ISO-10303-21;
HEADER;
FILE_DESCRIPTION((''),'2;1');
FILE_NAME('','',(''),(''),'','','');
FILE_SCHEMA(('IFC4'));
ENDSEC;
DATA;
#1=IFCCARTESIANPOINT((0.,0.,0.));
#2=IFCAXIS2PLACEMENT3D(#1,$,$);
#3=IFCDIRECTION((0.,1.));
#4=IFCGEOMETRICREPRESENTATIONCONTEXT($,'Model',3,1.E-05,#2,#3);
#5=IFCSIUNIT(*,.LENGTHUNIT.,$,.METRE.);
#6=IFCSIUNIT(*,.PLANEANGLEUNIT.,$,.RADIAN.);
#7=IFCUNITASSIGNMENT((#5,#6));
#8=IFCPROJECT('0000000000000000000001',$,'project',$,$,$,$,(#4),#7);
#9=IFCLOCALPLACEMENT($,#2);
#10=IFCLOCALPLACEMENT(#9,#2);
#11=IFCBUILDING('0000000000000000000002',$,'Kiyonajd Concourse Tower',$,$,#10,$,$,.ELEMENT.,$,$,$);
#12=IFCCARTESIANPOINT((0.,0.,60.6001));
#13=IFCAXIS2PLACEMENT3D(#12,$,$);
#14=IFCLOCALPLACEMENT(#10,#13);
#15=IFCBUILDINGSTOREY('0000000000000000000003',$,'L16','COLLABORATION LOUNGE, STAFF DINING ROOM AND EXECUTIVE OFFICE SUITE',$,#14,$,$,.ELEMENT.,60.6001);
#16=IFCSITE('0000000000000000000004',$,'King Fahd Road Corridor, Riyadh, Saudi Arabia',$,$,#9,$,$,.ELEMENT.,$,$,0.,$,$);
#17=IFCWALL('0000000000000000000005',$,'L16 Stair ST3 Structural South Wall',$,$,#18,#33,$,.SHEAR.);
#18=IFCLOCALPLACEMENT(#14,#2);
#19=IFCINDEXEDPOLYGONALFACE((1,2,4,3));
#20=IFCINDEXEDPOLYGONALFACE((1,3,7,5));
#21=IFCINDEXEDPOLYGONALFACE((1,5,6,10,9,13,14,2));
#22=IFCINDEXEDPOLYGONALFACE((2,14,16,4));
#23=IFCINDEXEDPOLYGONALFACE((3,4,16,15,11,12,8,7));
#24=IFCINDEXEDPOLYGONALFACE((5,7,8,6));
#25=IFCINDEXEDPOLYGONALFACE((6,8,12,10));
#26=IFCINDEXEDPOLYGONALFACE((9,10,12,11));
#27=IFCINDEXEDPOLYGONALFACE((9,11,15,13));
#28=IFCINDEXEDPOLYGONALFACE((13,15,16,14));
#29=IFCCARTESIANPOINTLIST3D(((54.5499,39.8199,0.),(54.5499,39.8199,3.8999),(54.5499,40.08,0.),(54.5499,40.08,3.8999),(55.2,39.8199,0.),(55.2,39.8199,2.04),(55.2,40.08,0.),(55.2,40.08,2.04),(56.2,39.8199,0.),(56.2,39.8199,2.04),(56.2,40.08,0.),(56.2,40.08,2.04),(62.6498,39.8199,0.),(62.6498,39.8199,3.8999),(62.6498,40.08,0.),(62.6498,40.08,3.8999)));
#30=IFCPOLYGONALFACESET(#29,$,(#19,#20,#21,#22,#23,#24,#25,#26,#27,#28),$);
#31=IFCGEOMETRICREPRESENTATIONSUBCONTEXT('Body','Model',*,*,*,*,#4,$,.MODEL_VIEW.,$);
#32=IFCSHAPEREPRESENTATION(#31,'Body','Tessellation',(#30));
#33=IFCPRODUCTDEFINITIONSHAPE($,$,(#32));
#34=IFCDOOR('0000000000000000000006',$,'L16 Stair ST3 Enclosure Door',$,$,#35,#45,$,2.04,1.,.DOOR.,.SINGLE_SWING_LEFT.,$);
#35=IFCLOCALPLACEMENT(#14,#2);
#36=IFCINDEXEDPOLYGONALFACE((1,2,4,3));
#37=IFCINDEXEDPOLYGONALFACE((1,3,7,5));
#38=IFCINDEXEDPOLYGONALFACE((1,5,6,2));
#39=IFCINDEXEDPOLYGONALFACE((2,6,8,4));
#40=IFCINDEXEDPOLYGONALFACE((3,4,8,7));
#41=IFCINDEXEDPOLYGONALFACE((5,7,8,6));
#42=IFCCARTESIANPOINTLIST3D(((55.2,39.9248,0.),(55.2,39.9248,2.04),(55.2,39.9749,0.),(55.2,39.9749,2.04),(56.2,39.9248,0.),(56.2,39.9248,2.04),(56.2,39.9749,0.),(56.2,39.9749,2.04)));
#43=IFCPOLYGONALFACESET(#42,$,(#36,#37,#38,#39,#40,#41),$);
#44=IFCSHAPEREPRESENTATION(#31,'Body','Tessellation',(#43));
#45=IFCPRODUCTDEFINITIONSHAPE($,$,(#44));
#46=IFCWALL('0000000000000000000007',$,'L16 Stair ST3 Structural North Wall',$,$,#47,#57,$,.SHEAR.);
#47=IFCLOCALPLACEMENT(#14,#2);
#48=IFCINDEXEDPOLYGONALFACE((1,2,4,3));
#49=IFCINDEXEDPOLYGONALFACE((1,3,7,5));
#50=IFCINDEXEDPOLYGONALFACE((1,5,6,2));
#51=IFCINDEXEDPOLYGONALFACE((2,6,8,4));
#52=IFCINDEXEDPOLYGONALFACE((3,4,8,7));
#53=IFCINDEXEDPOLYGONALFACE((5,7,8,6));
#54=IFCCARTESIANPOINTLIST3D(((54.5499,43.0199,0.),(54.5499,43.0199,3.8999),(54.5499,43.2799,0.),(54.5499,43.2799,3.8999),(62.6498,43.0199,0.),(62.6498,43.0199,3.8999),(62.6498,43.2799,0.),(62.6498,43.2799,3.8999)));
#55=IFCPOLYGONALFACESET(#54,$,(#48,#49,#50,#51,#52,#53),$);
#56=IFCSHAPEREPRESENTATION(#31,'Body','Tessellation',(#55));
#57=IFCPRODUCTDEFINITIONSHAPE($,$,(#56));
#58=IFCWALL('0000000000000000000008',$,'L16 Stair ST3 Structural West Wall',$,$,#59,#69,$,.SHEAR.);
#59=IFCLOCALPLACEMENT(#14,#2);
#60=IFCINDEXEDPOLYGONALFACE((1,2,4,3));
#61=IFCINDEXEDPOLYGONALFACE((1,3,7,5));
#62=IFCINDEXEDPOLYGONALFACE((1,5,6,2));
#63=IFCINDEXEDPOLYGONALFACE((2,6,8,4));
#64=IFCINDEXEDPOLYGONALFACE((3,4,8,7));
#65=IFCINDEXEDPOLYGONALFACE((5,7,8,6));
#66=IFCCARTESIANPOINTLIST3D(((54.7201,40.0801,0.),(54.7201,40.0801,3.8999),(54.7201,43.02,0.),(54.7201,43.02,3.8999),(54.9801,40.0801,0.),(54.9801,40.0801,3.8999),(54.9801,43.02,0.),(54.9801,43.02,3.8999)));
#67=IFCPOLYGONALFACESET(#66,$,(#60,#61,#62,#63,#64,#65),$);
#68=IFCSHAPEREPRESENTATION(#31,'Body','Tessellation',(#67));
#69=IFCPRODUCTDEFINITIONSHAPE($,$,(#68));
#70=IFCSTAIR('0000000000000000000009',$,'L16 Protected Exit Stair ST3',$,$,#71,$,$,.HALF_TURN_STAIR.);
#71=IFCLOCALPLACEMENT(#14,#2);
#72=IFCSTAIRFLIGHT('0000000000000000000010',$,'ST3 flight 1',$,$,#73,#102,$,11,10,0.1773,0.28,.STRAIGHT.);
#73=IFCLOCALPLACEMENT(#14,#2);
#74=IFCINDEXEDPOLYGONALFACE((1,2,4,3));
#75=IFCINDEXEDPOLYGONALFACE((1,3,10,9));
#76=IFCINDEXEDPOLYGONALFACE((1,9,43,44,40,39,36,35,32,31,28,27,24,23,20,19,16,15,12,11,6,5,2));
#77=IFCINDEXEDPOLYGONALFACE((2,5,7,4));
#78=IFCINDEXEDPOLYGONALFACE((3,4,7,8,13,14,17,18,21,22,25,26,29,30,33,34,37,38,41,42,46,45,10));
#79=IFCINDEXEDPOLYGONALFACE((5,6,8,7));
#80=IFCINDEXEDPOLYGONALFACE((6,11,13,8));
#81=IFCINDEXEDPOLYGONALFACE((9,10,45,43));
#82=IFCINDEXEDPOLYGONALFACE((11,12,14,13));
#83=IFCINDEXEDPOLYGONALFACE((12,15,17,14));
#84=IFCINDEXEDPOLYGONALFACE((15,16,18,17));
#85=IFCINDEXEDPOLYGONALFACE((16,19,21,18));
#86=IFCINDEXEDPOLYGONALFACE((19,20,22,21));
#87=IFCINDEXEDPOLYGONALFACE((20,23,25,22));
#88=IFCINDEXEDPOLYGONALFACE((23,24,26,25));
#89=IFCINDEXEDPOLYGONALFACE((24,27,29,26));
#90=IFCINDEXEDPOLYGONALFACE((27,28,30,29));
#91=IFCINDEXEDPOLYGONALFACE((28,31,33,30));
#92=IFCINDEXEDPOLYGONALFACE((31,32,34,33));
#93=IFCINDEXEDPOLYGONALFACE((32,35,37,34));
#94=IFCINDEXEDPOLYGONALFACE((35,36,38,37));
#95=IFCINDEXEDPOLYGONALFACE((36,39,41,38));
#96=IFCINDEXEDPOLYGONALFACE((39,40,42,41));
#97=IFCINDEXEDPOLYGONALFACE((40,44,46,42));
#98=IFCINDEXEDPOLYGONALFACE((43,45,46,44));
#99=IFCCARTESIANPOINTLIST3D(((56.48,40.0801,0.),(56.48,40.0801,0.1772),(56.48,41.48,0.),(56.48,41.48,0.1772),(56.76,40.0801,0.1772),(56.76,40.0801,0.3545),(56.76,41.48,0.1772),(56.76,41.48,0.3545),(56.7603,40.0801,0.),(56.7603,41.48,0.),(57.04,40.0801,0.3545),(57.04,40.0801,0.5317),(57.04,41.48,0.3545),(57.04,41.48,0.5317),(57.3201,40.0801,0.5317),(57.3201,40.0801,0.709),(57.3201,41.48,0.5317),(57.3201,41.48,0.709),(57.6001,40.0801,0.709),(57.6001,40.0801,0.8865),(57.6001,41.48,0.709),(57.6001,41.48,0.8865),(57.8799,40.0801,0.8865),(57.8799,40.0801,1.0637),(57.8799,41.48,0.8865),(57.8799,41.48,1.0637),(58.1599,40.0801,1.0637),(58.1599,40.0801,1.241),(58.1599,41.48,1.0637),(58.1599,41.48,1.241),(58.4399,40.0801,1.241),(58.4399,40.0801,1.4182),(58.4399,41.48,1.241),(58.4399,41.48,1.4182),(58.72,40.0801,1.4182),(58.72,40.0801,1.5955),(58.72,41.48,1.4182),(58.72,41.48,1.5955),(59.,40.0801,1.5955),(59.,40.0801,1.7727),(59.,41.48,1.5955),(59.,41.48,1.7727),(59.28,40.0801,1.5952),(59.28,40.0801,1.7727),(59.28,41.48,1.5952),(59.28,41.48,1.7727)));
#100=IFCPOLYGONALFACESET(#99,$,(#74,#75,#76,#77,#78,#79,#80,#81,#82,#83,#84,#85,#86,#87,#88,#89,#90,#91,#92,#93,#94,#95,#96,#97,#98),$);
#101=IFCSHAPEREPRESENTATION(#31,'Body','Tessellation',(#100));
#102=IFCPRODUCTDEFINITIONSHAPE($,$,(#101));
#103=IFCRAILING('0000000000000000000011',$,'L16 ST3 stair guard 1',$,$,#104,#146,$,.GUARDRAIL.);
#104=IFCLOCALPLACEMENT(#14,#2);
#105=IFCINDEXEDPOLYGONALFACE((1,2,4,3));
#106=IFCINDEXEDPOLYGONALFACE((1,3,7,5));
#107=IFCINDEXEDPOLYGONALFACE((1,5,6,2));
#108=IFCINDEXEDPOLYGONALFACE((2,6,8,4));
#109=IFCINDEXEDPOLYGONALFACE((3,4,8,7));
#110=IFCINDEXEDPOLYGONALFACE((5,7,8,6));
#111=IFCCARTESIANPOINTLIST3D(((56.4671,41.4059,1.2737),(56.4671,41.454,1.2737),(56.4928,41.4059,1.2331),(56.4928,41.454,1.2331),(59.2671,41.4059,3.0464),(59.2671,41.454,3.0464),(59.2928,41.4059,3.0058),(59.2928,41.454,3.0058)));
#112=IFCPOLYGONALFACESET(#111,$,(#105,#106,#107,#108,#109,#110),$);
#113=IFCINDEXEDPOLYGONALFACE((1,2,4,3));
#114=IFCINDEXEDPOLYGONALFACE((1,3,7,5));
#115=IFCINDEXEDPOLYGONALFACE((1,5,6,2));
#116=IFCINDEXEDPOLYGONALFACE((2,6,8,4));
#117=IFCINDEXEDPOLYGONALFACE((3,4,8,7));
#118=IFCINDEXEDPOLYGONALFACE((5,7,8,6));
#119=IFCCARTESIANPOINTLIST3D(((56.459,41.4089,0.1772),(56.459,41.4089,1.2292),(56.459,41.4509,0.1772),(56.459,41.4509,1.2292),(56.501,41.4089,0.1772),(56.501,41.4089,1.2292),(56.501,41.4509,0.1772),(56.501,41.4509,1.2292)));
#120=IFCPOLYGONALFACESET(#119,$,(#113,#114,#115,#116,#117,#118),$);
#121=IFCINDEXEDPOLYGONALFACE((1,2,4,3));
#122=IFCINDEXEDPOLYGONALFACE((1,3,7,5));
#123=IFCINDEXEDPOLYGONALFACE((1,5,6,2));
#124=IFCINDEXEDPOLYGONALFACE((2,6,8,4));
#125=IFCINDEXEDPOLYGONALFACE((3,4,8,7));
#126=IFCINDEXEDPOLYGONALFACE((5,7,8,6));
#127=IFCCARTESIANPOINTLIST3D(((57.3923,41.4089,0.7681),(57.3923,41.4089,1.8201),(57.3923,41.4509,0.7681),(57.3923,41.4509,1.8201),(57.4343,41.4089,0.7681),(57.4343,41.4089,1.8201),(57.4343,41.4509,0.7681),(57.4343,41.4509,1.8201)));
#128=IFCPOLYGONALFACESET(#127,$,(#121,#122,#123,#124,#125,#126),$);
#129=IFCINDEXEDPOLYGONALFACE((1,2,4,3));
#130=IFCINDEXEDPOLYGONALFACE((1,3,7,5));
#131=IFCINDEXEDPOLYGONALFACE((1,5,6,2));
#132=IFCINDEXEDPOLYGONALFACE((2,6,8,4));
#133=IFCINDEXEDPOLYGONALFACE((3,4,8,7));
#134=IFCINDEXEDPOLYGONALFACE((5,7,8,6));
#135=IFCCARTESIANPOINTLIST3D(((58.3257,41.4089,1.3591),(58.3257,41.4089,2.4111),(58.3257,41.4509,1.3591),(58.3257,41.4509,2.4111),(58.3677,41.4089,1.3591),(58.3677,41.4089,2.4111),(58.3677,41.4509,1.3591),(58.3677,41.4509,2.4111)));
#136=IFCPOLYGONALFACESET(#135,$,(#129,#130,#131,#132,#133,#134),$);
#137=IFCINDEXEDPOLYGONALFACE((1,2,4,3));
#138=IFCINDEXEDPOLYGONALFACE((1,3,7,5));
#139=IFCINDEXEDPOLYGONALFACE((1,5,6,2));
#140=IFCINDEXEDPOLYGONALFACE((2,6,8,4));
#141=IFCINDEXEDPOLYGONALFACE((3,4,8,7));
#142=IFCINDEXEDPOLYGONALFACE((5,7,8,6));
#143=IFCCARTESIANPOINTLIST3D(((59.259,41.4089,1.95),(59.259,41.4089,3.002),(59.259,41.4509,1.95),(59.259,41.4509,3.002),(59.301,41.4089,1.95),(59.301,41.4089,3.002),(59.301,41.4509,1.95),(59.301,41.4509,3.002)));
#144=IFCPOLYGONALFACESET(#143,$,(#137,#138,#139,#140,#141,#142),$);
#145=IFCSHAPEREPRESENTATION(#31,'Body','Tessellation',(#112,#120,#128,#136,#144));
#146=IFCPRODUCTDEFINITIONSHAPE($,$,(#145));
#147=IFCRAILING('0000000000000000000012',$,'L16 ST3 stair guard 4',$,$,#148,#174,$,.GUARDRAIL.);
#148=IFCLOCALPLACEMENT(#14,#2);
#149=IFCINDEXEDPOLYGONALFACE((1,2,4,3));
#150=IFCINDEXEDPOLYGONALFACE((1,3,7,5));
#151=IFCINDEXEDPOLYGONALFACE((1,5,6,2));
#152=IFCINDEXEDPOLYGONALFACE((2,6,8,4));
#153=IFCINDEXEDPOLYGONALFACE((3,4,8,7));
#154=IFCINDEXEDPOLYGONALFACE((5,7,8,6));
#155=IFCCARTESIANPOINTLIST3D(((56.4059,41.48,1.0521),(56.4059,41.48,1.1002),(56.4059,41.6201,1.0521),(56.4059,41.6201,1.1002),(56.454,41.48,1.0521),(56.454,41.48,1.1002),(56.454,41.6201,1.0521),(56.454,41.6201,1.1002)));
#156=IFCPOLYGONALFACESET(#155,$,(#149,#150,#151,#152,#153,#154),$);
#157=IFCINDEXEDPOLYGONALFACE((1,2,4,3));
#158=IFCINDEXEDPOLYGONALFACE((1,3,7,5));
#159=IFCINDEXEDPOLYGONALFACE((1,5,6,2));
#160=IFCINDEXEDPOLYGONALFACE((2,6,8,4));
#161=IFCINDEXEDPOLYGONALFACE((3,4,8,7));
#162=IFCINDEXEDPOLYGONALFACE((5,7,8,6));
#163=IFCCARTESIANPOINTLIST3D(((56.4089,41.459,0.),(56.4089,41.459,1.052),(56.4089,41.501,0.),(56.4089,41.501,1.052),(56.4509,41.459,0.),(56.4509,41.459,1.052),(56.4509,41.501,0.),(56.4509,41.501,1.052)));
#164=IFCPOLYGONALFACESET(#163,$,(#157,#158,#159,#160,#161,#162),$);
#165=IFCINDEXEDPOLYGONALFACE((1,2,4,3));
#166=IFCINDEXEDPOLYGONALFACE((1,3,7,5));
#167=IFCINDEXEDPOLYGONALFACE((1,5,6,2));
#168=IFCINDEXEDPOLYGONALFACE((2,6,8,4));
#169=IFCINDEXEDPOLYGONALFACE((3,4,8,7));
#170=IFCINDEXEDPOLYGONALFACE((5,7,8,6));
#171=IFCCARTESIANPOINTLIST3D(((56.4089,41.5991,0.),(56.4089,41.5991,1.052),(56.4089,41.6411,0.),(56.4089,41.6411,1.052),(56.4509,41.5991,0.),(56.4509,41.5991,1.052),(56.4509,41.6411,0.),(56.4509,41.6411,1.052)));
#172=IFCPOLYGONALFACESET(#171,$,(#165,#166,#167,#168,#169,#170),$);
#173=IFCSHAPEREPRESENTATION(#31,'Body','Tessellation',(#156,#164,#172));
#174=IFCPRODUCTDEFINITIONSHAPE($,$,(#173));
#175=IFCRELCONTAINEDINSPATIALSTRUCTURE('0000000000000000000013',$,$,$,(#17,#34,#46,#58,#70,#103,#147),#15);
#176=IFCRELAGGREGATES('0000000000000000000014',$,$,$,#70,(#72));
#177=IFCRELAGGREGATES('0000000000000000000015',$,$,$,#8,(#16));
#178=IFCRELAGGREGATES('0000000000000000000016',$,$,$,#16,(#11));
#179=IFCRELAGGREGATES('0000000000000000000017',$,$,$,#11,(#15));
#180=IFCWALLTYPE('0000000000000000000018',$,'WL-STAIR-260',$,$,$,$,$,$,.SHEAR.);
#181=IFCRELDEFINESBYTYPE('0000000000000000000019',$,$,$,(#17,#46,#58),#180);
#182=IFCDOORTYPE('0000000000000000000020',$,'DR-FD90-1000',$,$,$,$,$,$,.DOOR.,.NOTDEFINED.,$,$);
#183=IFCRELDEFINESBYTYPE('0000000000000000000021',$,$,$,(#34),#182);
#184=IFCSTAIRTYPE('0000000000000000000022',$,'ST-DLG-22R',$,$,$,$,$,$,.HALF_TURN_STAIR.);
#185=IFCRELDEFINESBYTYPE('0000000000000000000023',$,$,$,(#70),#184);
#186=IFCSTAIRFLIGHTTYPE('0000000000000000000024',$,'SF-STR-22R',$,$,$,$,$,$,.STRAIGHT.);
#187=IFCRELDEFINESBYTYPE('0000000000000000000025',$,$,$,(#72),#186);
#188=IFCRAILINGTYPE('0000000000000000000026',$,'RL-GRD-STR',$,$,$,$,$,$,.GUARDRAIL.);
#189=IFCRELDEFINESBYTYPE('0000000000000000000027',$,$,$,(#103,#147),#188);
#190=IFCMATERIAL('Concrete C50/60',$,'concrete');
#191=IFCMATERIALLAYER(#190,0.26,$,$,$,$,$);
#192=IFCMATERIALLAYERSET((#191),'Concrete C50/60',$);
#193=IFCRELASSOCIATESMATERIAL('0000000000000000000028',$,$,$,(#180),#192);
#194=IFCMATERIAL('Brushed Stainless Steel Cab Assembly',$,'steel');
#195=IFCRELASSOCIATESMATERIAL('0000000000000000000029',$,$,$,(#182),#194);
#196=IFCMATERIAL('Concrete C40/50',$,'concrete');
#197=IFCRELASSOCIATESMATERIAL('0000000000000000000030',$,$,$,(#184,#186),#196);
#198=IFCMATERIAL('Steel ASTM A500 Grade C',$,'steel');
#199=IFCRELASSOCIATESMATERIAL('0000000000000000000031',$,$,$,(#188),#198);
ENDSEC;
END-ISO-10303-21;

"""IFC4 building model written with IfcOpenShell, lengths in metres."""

from ifc_helpers import new_model, si_unit, direction, frame, frame_2d, origin, origin_2d, place, context, subcontext, project, spatial, polyline, rectangle, outline, extrude, material, layer, layer_set, type_object, element, fill, aggregate, save


model = new_model("IFC4")

# Units and contexts
model_context = context("Model", 3, precision=1e-05, world=origin(), true_north=direction((0.0, 1.0)))
body_context = subcontext(model_context, "Body", "Model", "MODEL_VIEW")
ifc_project = project(units=[si_unit("LENGTHUNIT", "METRE"), si_unit("PLANEANGLEUNIT", "RADIAN")], contexts=[model_context])

# Site, building, storey
site_placement = place(None, origin())
site = spatial("IfcSite", under=ifc_project, at=site_placement, Name="King Fahd Road Corridor, Riyadh, Saudi Arabia", CompositionType="ELEMENT", RefElevation=0.0)
building_placement = place(site_placement, origin())
building = spatial("IfcBuilding", under=site, at=building_placement, Name="Kiyonajd Concourse Tower", CompositionType="ELEMENT")
storey_placement = place(building_placement, frame((0.0, 0.0, 60.6001)))
storey = spatial("IfcBuildingStorey", under=building, at=storey_placement, Name="L16", Description="COLLABORATION LOUNGE, STAFF DINING ROOM AND EXECUTIVE OFFICE SUITE", CompositionType="ELEMENT", Elevation=60.6001)

# Shared definitions
ifc_material_1 = material(Name="Concrete C50/60", Category="concrete")

# Shared definitions
ifc_layer_1 = layer(ifc_material_1, 0.26)
ifc_layer_set_1 = layer_set([ifc_layer_1], Name="Concrete C50/60")
wall_type_1 = type_object("IfcWallType", Name="WL-STAIR-260", PredefinedType="SHEAR", material=ifc_layer_set_1)

# Wall, opening, door
wall_1_placement = place(storey_placement, frame((54.55, 39.95, 0.0), z_axis=(0.0, 0.0, 1.0), x_axis=(1.0, 0.0, 0.0)))
wall_1 = element("IfcWall", 1, at=wall_1_placement, inside=storey, type_object=wall_type_1, Name="L16 Stair ST3 Structural South Wall", PredefinedType="SHEAR", context=body_context, shape_type="SweptSolid", body=[
    extrude(rectangle(XDim=8.0999, YDim=0.26, at=frame_2d((4.0498, 0.0))), origin(), (0.0, 0.0, 1.0), 3.8999),
])
opening_1_placement = place(wall_1_placement, frame((0.6499, 0.0, 0.0)))
opening_1 = element("IfcOpeningElement", 2, at=opening_1_placement, cuts=wall_1, PredefinedType="OPENING", context=body_context, shape_type="SweptSolid", body=[
    extrude(rectangle(XDim=1.0, YDim=2.04, at=frame_2d((0.5, 1.02))), frame((0.0, 0.1399, 0.0), z_axis=(0.0, -1.0, 0.0), x_axis=(1.0, 0.0, 0.0)), (0.0, 0.0, 1.0), 0.28),
])
ifc_material_2 = material(Name="Brushed Stainless Steel Cab Assembly", Category="steel")
door_type_1 = type_object("IfcDoorType", Name="DR-FD90-1000", OperationType="NOTDEFINED", PredefinedType="DOOR", material=ifc_material_2)
door_1_placement = place(opening_1_placement, origin())
door_1 = element("IfcDoor", 3, at=door_1_placement, inside=storey, type_object=door_type_1, Name="L16 Stair ST3 Enclosure Door", OperationType="SINGLE_SWING_LEFT", OverallHeight=2.04, OverallWidth=1.0, PredefinedType="DOOR", context=body_context, shape_type="SweptSolid", body=[
    extrude(rectangle(XDim=1.0, YDim=2.04, at=frame_2d((0.5, 1.02))), frame((0.0, 0.0249, 0.0), z_axis=(0.0, -1.0, 0.0), x_axis=(1.0, 0.0, 0.0)), (0.0, 0.0, 1.0), 0.05),
])
fill(opening_1, door_1)

# Walls
wall_2_placement = place(storey_placement, frame((54.55, 43.1499, 0.0), z_axis=(0.0, 0.0, 1.0), x_axis=(1.0, 0.0, 0.0)))
element("IfcWall", 4, at=wall_2_placement, inside=storey, type_object=wall_type_1, Name="L16 Stair ST3 Structural North Wall", PredefinedType="SHEAR", context=body_context, shape_type="SweptSolid", body=[
    extrude(rectangle(XDim=8.0999, YDim=0.26, at=frame_2d((4.0498, 0.0))), origin(), (0.0, 0.0, 1.0), 3.8999),
])
wall_3_placement = place(storey_placement, frame((54.8501, 40.0801, 0.0), z_axis=(0.0, 0.0, 1.0), x_axis=(0.0, 1.0, 0.0)))
element("IfcWall", 5, at=wall_3_placement, inside=storey, type_object=wall_type_1, Name="L16 Stair ST3 Structural West Wall", PredefinedType="SHEAR", context=body_context, shape_type="SweptSolid", body=[
    extrude(rectangle(XDim=2.9399, YDim=0.26, at=frame_2d((1.47, 0.0))), origin(), (0.0, 0.0, 1.0), 3.8999),
])

# Stair, stair flight
ifc_material_3 = material(Name="Concrete C40/50", Category="concrete")
stair_type = type_object("IfcStairType", Name="ST-DLG-22R", PredefinedType="HALF_TURN_STAIR", material=ifc_material_3)
stair_placement = place(storey_placement, origin())
stair = element("IfcStair", 6, at=stair_placement, inside=storey, type_object=stair_type, Name="L16 Protected Exit Stair ST3", PredefinedType="HALF_TURN_STAIR")
stair_flight_type = type_object("IfcStairFlightType", Name="SF-STR-22R", PredefinedType="STRAIGHT", material=ifc_material_3)
stair_flight_placement = place(storey_placement, frame((56.48, 40.78, 0.0), z_axis=(0.0, 0.0, 1.0), x_axis=(1.0, 0.0, 0.0)))
stair_flight = element("IfcStairFlight", 7, at=stair_flight_placement, type_object=stair_flight_type, Name="ST3 flight 1", NumberOfRisers=11, NumberOfTreads=10, PredefinedType="STRAIGHT", RiserHeight=0.1773, TreadLength=0.28, context=body_context, shape_type="SweptSolid", body=[
    extrude(outline(polyline([(0.0, 0.0), (0.0, 0.1772), (0.28, 0.1772), (0.28, 0.3545), (0.5601, 0.3545), (0.5601, 0.5317), (0.8401, 0.5317), (0.8401, 0.709), (1.1201, 0.709), (1.1201, 0.8865), (1.3999, 0.8865), (1.3999, 1.0637), (1.6799, 1.0637), (1.6799, 1.241), (1.96, 1.241), (1.96, 1.4182), (2.24, 1.4182), (2.24, 1.5955), (2.52, 1.5955), (2.52, 1.7727), (2.8, 1.7727), (2.8, 1.95), (2.8, 1.5952), (0.2803, 0.0), (0.0, 0.0)])), frame((0.0, 0.7, 0.0), z_axis=(0.0, -1.0, 0.0), x_axis=(1.0, 0.0, 0.0)), (0.0, 0.0, 1.0), 1.3999),
])
aggregate(stair, [stair_flight])

# Railings
ifc_material_4 = material(Name="Steel ASTM A500 Grade C", Category="steel")
railing_type_1 = type_object("IfcRailingType", Name="RL-GRD-STR", PredefinedType="GUARDRAIL", material=ifc_material_4)
railing_1_placement = place(storey_placement, frame((56.48, 41.4299, 0.1772)))
element("IfcRailing", 8, at=railing_1_placement, inside=storey, type_object=railing_type_1, Name="L16 ST3 stair guard 1", PredefinedType="GUARDRAIL", context=body_context, shape_type="SweptSolid", body=[
    extrude(rectangle(XDim=0.0481, YDim=0.0481, at=origin_2d()), frame((0.0, 0.0, 1.0762), z_axis=(0.844909, 0.0, 0.53491), x_axis=(0.0, 1.0, 0.0)), (0.0, 0.0, 1.0), 3.314),
    extrude(rectangle(XDim=0.042, YDim=0.042, at=origin_2d()), origin(), (0.0, 0.0, 1.0), 1.052),
    extrude(rectangle(XDim=0.042, YDim=0.042, at=origin_2d()), frame((0.9333, 0.0, 0.5908)), (0.0, 0.0, 1.0), 1.052),
    extrude(rectangle(XDim=0.042, YDim=0.042, at=origin_2d()), frame((1.8667, 0.0, 1.1819)), (0.0, 0.0, 1.0), 1.052),
    extrude(rectangle(XDim=0.042, YDim=0.042, at=origin_2d()), frame((2.8, 0.0, 1.7727)), (0.0, 0.0, 1.0), 1.052),
])
railing_2_placement = place(storey_placement, frame((56.4299, 41.48, 0.0)))
element("IfcRailing", 9, at=railing_2_placement, inside=storey, type_object=railing_type_1, Name="L16 ST3 stair guard 4", PredefinedType="GUARDRAIL", context=body_context, shape_type="SweptSolid", body=[
    extrude(rectangle(XDim=0.0481, YDim=0.0481, at=origin_2d()), frame((0.0, 0.0, 1.0762), z_axis=(0.0, 1.0, 0.0), x_axis=(-1.0, 0.0, 0.0)), (0.0, 0.0, 1.0), 0.1401),
    extrude(rectangle(XDim=0.042, YDim=0.042, at=origin_2d()), origin(), (0.0, 0.0, 1.0), 1.052),
    extrude(rectangle(XDim=0.042, YDim=0.042, at=origin_2d()), frame((0.0, 0.1401, 0.0)), (0.0, 0.0, 1.0), 1.052),
])

save(model, "model.ifc")
